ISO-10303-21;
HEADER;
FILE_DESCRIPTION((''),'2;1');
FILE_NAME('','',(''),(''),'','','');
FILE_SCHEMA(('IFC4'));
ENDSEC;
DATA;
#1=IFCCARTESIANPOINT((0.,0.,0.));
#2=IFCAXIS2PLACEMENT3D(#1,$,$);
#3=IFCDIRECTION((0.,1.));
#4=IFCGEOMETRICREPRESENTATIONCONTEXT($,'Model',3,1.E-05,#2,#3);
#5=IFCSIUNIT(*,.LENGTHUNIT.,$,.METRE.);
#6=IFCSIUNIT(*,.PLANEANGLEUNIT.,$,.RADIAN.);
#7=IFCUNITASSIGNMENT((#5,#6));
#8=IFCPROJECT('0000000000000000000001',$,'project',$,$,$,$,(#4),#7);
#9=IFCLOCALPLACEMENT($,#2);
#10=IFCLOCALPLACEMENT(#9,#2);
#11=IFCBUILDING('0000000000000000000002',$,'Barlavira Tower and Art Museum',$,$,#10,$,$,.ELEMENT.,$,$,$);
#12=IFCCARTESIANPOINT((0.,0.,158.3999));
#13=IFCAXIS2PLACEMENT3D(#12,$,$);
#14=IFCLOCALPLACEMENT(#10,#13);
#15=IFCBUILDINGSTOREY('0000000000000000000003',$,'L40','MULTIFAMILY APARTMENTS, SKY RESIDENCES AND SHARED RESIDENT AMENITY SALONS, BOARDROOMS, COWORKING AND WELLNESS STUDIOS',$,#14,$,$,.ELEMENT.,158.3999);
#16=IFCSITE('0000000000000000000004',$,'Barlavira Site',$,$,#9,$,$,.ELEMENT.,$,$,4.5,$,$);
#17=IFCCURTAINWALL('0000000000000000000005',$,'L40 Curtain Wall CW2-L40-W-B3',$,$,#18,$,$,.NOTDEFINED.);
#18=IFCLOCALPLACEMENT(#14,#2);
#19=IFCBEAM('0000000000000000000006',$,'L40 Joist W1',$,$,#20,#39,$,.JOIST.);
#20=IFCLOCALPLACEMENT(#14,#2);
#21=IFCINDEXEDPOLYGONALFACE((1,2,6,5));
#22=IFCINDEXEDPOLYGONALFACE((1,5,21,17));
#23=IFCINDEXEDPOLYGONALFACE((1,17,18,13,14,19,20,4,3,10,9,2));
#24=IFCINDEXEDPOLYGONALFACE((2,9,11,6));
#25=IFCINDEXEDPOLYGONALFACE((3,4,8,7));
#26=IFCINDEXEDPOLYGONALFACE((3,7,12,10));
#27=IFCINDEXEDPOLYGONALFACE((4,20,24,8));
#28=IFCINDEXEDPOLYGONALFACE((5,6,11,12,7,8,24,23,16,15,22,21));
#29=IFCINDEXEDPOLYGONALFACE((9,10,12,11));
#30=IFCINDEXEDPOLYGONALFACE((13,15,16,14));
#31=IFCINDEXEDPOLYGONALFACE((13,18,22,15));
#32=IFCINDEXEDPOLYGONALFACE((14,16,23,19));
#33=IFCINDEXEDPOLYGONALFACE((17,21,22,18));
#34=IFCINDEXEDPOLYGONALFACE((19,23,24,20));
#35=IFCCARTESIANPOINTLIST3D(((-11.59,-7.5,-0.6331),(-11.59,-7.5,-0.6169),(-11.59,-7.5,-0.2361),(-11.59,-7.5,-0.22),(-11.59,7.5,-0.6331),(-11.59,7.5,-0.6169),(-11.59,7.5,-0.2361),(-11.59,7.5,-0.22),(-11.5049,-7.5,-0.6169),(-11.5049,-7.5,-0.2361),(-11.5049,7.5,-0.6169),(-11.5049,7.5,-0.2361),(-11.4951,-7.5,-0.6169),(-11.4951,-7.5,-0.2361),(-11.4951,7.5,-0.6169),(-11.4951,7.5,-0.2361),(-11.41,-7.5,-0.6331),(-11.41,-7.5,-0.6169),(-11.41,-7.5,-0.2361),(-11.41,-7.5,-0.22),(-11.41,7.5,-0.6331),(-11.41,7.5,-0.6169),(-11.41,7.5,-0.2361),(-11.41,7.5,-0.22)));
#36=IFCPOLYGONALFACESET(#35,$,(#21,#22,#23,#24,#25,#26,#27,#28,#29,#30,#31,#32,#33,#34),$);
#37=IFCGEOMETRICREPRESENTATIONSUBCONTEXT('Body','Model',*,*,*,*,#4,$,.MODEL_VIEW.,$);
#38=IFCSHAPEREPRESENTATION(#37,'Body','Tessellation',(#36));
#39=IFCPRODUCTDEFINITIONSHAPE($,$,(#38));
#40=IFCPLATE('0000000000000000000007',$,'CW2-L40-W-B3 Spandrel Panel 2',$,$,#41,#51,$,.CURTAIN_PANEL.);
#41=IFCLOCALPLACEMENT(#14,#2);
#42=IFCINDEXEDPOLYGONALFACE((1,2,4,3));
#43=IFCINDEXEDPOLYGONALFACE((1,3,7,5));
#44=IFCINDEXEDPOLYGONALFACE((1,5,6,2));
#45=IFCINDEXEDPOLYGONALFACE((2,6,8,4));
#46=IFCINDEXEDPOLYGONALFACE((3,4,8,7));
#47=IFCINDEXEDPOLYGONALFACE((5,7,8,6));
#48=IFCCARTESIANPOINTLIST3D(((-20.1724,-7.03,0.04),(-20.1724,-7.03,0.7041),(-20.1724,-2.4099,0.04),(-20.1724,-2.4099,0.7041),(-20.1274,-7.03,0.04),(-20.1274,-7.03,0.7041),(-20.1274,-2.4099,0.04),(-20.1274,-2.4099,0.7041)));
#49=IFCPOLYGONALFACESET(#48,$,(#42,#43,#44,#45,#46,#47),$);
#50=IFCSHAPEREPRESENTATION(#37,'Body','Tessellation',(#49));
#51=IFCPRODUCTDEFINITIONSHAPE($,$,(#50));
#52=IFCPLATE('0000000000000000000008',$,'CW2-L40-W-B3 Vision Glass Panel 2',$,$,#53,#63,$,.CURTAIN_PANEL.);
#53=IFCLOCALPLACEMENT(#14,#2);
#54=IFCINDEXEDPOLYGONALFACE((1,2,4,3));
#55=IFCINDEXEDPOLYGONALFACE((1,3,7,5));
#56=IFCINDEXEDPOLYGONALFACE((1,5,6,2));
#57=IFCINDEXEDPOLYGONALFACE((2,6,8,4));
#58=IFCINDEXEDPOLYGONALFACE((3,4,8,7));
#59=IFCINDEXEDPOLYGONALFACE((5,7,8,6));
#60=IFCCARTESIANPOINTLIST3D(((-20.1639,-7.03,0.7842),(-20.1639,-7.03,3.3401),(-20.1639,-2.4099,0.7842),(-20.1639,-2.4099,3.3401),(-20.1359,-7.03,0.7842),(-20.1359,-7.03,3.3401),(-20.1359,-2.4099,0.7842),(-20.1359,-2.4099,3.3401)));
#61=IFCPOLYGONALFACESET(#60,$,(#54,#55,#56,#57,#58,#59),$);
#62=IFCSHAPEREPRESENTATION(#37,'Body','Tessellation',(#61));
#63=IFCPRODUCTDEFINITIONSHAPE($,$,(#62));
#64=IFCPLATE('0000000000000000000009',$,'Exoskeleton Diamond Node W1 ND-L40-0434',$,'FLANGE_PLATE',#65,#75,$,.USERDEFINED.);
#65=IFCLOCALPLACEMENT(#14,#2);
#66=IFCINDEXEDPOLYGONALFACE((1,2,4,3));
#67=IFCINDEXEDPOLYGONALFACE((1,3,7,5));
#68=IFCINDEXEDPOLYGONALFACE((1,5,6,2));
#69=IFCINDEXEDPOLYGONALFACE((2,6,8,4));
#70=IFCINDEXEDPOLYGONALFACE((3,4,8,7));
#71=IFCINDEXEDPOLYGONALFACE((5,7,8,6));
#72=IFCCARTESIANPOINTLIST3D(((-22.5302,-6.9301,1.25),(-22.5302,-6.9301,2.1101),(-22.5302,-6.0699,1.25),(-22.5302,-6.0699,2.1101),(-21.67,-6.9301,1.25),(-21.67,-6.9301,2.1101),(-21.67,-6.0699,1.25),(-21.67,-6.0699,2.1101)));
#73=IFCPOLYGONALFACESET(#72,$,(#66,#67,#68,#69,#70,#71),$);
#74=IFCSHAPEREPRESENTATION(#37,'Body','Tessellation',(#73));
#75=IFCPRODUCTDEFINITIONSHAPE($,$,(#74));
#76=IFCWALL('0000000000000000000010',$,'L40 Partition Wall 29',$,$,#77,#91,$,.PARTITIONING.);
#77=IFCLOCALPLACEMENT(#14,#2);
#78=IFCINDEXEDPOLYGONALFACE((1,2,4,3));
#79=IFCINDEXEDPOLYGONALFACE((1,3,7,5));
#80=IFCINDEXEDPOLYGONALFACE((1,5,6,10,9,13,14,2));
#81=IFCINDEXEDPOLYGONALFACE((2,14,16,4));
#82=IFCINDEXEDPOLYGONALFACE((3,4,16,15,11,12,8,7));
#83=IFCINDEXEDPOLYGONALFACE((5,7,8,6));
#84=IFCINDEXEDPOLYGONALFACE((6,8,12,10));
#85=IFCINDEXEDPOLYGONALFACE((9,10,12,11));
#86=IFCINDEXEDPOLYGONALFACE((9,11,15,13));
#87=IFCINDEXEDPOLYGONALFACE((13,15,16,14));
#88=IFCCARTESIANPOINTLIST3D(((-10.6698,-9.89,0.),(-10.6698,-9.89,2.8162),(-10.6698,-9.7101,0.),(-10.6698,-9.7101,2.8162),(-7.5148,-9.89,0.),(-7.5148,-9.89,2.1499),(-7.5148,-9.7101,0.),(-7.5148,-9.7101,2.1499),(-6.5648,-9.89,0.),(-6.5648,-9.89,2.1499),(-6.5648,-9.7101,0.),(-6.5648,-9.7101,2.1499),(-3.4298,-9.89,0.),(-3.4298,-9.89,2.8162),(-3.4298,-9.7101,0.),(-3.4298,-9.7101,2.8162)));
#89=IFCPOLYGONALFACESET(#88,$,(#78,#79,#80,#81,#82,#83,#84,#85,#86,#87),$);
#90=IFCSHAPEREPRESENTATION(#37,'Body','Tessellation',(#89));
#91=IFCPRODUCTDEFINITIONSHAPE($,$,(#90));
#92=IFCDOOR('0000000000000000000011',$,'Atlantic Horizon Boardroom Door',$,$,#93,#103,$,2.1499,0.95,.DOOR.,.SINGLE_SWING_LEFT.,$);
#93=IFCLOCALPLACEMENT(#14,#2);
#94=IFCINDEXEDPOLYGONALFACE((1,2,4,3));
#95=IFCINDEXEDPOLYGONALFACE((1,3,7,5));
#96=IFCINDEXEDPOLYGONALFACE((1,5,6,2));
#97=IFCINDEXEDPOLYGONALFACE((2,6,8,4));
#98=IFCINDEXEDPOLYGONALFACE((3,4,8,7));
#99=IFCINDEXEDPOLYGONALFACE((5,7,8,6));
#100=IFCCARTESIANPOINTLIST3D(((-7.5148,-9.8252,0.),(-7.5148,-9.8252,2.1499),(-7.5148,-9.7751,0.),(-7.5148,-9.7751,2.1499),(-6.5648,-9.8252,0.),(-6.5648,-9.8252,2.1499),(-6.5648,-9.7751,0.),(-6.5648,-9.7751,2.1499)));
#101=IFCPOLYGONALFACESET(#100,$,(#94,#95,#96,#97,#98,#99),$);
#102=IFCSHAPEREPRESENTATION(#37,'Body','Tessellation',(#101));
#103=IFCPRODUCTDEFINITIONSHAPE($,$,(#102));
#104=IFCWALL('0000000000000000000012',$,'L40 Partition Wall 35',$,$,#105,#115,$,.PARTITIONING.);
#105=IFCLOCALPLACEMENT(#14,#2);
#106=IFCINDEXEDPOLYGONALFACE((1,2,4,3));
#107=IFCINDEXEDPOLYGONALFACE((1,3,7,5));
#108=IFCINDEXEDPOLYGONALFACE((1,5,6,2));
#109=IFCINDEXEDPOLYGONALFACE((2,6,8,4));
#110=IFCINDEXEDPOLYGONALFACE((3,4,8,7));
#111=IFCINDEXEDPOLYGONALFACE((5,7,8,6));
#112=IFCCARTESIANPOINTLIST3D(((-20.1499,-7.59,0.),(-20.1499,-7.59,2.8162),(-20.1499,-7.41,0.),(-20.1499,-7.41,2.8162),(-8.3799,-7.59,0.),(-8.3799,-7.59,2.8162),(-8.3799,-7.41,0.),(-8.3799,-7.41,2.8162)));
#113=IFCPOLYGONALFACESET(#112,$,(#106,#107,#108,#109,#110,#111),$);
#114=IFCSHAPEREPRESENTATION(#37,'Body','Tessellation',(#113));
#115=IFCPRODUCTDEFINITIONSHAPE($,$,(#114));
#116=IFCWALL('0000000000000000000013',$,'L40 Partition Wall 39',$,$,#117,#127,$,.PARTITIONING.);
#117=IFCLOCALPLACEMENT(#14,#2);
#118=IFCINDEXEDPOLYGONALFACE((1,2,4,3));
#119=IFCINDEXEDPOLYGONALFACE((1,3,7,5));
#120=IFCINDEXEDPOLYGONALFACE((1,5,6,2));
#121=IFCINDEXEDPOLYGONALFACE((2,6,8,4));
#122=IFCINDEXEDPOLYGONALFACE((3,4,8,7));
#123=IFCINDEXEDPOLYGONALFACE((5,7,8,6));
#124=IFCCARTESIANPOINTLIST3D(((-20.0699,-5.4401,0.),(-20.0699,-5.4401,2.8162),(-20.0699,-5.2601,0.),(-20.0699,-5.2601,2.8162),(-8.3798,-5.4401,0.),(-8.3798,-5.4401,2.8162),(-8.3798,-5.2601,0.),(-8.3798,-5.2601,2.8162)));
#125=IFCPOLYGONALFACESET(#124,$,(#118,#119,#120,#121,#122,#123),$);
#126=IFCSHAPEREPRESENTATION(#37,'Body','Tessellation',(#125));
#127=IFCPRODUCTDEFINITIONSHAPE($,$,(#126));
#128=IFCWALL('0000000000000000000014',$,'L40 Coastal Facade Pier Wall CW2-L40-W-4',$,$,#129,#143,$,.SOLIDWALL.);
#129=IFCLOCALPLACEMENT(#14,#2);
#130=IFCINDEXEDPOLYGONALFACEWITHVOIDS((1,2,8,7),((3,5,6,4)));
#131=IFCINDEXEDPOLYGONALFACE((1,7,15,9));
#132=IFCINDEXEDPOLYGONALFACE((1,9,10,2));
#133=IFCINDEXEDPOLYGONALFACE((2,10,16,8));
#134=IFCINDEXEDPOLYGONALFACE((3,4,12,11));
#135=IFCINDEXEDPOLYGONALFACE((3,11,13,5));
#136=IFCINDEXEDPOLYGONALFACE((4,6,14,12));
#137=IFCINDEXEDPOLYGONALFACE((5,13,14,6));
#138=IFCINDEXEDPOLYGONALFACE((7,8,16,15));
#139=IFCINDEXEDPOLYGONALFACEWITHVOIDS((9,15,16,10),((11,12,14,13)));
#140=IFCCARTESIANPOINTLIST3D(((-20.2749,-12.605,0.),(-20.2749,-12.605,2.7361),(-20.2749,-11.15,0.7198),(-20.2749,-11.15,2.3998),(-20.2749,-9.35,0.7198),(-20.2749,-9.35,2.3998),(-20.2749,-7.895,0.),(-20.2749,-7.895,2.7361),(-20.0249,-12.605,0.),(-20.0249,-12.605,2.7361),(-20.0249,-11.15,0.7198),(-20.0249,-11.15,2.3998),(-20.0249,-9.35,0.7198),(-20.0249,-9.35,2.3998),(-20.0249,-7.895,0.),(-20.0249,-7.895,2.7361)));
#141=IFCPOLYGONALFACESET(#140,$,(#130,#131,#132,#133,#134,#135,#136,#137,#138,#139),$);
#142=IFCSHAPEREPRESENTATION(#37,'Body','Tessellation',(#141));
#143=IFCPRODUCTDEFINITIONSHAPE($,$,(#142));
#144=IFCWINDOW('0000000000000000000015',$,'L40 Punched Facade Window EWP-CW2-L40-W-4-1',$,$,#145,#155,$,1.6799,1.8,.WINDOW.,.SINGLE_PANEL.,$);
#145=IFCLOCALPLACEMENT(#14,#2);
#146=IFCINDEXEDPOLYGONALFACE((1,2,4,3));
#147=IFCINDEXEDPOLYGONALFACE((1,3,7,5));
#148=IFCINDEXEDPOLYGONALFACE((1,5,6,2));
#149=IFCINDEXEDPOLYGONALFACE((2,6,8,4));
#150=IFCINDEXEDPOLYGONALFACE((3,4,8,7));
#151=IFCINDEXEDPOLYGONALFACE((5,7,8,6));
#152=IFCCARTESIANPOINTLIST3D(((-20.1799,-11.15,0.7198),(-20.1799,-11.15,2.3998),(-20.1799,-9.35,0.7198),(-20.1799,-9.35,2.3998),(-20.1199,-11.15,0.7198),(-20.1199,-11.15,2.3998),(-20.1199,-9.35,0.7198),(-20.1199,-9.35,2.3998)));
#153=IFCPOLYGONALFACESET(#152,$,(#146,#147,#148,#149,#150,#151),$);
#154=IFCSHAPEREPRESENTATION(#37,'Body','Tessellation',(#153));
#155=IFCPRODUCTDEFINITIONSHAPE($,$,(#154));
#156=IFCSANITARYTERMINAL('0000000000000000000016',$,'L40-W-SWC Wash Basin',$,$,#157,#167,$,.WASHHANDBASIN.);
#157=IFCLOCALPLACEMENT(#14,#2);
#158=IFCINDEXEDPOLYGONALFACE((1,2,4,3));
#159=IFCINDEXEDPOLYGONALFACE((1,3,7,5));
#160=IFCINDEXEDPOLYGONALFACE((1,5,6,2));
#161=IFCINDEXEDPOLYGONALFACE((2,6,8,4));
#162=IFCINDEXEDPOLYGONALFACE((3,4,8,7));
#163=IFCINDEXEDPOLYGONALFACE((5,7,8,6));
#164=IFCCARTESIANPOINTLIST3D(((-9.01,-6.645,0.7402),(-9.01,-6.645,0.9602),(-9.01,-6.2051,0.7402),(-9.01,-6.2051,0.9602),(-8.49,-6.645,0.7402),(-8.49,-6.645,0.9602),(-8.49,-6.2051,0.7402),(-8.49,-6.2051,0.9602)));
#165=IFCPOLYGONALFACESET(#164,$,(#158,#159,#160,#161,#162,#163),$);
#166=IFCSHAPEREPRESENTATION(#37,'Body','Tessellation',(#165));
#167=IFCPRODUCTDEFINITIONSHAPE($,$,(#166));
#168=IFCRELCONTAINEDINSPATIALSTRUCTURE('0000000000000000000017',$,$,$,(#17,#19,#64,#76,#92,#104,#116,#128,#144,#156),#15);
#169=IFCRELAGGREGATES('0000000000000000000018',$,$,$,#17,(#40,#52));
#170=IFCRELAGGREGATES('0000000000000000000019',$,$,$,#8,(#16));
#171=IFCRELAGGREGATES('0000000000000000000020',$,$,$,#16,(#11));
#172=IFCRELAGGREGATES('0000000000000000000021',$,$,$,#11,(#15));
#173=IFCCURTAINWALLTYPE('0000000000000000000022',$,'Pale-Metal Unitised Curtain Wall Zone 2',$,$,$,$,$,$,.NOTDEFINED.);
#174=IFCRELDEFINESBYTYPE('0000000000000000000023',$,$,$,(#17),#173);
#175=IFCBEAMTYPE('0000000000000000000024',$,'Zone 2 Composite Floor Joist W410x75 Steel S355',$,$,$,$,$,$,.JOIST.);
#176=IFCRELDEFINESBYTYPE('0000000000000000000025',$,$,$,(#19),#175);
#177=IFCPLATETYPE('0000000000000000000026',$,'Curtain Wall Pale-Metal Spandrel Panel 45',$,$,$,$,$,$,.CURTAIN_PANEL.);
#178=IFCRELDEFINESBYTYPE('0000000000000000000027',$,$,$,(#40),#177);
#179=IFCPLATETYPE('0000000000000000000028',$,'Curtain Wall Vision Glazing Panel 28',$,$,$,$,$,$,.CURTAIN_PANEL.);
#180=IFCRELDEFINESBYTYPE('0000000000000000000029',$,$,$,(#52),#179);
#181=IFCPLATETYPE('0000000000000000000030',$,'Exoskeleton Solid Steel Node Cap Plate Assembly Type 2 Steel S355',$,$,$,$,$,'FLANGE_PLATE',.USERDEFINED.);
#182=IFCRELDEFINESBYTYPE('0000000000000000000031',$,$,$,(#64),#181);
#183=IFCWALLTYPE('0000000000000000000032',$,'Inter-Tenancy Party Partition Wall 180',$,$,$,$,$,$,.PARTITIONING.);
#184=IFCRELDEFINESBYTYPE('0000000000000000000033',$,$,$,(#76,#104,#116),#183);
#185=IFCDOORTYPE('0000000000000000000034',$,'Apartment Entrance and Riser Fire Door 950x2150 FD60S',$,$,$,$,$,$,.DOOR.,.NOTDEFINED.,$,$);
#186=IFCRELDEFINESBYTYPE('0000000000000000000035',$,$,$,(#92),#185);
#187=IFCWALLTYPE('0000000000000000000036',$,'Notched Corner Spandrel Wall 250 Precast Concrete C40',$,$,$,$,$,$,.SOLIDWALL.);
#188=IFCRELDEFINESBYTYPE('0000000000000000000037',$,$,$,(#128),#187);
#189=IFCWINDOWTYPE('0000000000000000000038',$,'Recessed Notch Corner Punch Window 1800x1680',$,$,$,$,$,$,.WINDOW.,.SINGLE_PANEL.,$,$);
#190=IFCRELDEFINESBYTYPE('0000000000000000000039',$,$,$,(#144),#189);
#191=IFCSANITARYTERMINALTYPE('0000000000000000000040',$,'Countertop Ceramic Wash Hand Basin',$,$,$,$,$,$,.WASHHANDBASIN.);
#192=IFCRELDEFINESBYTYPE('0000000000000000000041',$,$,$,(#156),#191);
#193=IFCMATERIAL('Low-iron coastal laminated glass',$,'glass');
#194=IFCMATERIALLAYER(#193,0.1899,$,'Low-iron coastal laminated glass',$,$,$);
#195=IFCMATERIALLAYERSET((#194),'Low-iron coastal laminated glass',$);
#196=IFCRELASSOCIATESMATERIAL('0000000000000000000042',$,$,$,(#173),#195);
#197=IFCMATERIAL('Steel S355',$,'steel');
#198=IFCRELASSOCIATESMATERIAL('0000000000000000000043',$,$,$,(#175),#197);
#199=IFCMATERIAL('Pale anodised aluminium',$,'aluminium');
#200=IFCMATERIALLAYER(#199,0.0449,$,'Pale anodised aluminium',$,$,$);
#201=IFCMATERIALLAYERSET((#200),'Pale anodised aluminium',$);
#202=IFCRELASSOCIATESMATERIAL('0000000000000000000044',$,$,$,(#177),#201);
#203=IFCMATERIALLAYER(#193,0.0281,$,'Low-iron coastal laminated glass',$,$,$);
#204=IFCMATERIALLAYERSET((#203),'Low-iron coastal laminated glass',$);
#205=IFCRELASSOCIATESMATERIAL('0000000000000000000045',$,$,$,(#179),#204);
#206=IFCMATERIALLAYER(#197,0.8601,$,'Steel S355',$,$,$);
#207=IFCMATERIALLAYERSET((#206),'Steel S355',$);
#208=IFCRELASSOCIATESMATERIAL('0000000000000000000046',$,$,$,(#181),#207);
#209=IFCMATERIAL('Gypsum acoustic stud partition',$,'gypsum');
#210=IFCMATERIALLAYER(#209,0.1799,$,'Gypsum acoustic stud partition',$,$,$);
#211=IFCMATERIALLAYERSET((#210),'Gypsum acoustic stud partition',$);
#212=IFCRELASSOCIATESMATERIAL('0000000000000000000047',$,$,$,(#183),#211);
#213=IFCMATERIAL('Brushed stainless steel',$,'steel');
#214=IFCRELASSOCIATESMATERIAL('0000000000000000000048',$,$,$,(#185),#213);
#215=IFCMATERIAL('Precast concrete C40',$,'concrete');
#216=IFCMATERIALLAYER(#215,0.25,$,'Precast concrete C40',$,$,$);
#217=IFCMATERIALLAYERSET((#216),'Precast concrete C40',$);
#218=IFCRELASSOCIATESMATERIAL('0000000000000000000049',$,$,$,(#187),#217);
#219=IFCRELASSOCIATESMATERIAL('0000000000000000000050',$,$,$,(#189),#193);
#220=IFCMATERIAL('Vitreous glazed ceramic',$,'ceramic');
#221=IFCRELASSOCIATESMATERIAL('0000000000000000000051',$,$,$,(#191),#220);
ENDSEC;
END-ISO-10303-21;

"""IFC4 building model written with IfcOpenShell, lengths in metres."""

from ifc_helpers import new_model, si_unit, direction, frame, frame_2d, origin, origin_2d, place, context, subcontext, project, spatial, rectangle, i_section, extrude, material, layer, layer_set, material_profile, profile_set, type_object, element, fill, aggregate, save


model = new_model("IFC4")

# Units and contexts
model_context = context("Model", 3, precision=1e-05, world=origin(), true_north=direction((0.0, 1.0)))
body_context = subcontext(model_context, "Body", "Model", "MODEL_VIEW")
ifc_project = project(units=[si_unit("LENGTHUNIT", "METRE"), si_unit("PLANEANGLEUNIT", "RADIAN")], contexts=[model_context])

# Site, building, storey
site_placement = place(None, origin())
site = spatial("IfcSite", under=ifc_project, at=site_placement, Name="Barlavira Site", CompositionType="ELEMENT", RefElevation=4.5)
building_placement = place(site_placement, origin())
building = spatial("IfcBuilding", under=site, at=building_placement, Name="Barlavira Tower and Art Museum", CompositionType="ELEMENT")
storey_placement = place(building_placement, frame((0.0, 0.0, 158.3999)))
storey = spatial("IfcBuildingStorey", under=building, at=storey_placement, Name="L40", Description="MULTIFAMILY APARTMENTS, SKY RESIDENCES AND SHARED RESIDENT AMENITY SALONS, BOARDROOMS, COWORKING AND WELLNESS STUDIOS", CompositionType="ELEMENT", Elevation=158.3999)

# Curtain wall
ifc_material_1 = material(Name="Low-iron coastal laminated glass", Category="glass")
ifc_layer_1 = layer(ifc_material_1, 0.1899, Name="Low-iron coastal laminated glass")
ifc_layer_set_1 = layer_set([ifc_layer_1], Name="Low-iron coastal laminated glass")
curtain_wall_type = type_object("IfcCurtainWallType", Name="Pale-Metal Unitised Curtain Wall Zone 2", PredefinedType="NOTDEFINED", material=ifc_layer_set_1)
curtain_wall_placement = place(storey_placement, origin())
curtain_wall = element("IfcCurtainWall", 1, at=curtain_wall_placement, inside=storey, type_object=curtain_wall_type, Name="L40 Curtain Wall CW2-L40-W-B3", PredefinedType="NOTDEFINED")
ifc_material_2 = material(Name="Pale anodised aluminium", Category="aluminium")

# Beam
ifc_material_3 = material(Name="Steel S355", Category="steel")
ifc_material_profile_1 = material_profile(ifc_material_3, i_section(OverallWidth=0.1799, OverallDepth=0.4131, WebThickness=0.0098, FlangeThickness=0.0161, at=origin_2d()), Name="W410x75.0")
ifc_profile_set_1 = profile_set([ifc_material_profile_1], Name="Steel S355")
beam_type_1 = type_object("IfcBeamType", Name="Zone 2 Composite Floor Joist W410x75 Steel S355", PredefinedType="JOIST", material=ifc_profile_set_1)
beam_1_placement = place(storey_placement, frame((-11.5, -7.5, -0.4265), z_axis=(0.0, 1.0, 0.0), x_axis=(-1.0, 0.0, 0.0)))
element("IfcBeam", 2, at=beam_1_placement, inside=storey, type_object=beam_type_1, Name="L40 Joist W1", PredefinedType="JOIST", context=body_context, shape_type="SweptSolid", body=[
    extrude(i_section(OverallWidth=0.1799, OverallDepth=0.4131, WebThickness=0.0098, FlangeThickness=0.0161, at=origin_2d()), origin(), (0.0, 0.0, 1.0), 15.0),
])

# Plates
ifc_layer_2 = layer(ifc_material_2, 0.0449, Name="Pale anodised aluminium")
ifc_layer_set_2 = layer_set([ifc_layer_2], Name="Pale anodised aluminium")
plate_type_1 = type_object("IfcPlateType", Name="Curtain Wall Pale-Metal Spandrel Panel 45", PredefinedType="CURTAIN_PANEL", material=ifc_layer_set_2)
plate_1_placement = place(storey_placement, frame((-20.1499, -4.72, 0.04), z_axis=(0.0, 0.0, 1.0), x_axis=(0.0, -1.0, 0.0)))
plate_1 = element("IfcPlate", 3, at=plate_1_placement, type_object=plate_type_1, Name="CW2-L40-W-B3 Spandrel Panel 2", PredefinedType="CURTAIN_PANEL", context=body_context, shape_type="SweptSolid", body=[
    extrude(rectangle(XDim=4.6201, YDim=0.0449, at=origin_2d()), origin(), (0.0, 0.0, 1.0), 0.6641),
])
ifc_layer_3 = layer(ifc_material_1, 0.0281, Name="Low-iron coastal laminated glass")
ifc_layer_set_3 = layer_set([ifc_layer_3], Name="Low-iron coastal laminated glass")
plate_type_2 = type_object("IfcPlateType", Name="Curtain Wall Vision Glazing Panel 28", PredefinedType="CURTAIN_PANEL", material=ifc_layer_set_3)
plate_2_placement = place(storey_placement, frame((-20.1499, -4.72, 0.7842), z_axis=(0.0, 0.0, 1.0), x_axis=(0.0, -1.0, 0.0)))
plate_2 = element("IfcPlate", 4, at=plate_2_placement, type_object=plate_type_2, Name="CW2-L40-W-B3 Vision Glass Panel 2", PredefinedType="CURTAIN_PANEL", context=body_context, shape_type="SweptSolid", body=[
    extrude(rectangle(XDim=4.6201, YDim=0.0281, at=origin_2d()), origin(), (0.0, 0.0, 1.0), 2.5559),
])
aggregate(curtain_wall, [plate_1, plate_2])
ifc_layer_4 = layer(ifc_material_3, 0.8601, Name="Steel S355")
ifc_layer_set_4 = layer_set([ifc_layer_4], Name="Steel S355")
plate_type_3 = type_object("IfcPlateType", Name="Exoskeleton Solid Steel Node Cap Plate Assembly Type 2 Steel S355", ElementType="FLANGE_PLATE", PredefinedType="USERDEFINED", material=ifc_layer_set_4)
plate_3_placement = place(storey_placement, frame((-22.1001, -6.5, 1.25), z_axis=(0.0, 0.0, 1.0), x_axis=(1.0, 0.0, 0.0)))
element("IfcPlate", 5, at=plate_3_placement, inside=storey, type_object=plate_type_3, Name="Exoskeleton Diamond Node W1 ND-L40-0434", ObjectType="FLANGE_PLATE", PredefinedType="USERDEFINED", context=body_context, shape_type="SweptSolid", body=[
    extrude(rectangle(XDim=0.8601, YDim=0.8601, at=origin_2d()), origin(), (0.0, 0.0, 1.0), 0.8601),
])

# Wall, opening, door
ifc_material_4 = material(Name="Gypsum acoustic stud partition", Category="gypsum")
ifc_layer_5 = layer(ifc_material_4, 0.1799, Name="Gypsum acoustic stud partition")
ifc_layer_set_5 = layer_set([ifc_layer_5], Name="Gypsum acoustic stud partition")
wall_type_1 = type_object("IfcWallType", Name="Inter-Tenancy Party Partition Wall 180", PredefinedType="PARTITIONING", material=ifc_layer_set_5)
wall_1_placement = place(storey_placement, frame((-10.6699, -9.8, 0.0), z_axis=(0.0, 0.0, 1.0), x_axis=(1.0, 0.0, 0.0)))
wall_1 = element("IfcWall", 6, at=wall_1_placement, inside=storey, type_object=wall_type_1, Name="L40 Partition Wall 29", PredefinedType="PARTITIONING", context=body_context, shape_type="SweptSolid", body=[
    extrude(rectangle(XDim=7.24, YDim=0.1799, at=frame_2d((3.6201, 0.0))), origin(), (0.0, 0.0, 1.0), 2.8162),
])
opening_1_placement = place(wall_1_placement, frame((3.155, 0.0, 0.0)))
opening_1 = element("IfcOpeningElement", 7, at=opening_1_placement, cuts=wall_1, PredefinedType="OPENING", context=body_context, shape_type="SweptSolid", body=[
    extrude(rectangle(XDim=0.95, YDim=2.1499, at=frame_2d((0.4751, 1.075))), frame((0.0, 0.1001, 0.0), z_axis=(0.0, -1.0, 0.0), x_axis=(1.0, 0.0, 0.0)), (0.0, 0.0, 1.0), 0.2),
])
ifc_material_5 = material(Name="Brushed stainless steel", Category="steel")
door_type = type_object("IfcDoorType", Name="Apartment Entrance and Riser Fire Door 950x2150 FD60S", OperationType="NOTDEFINED", PredefinedType="DOOR", material=ifc_material_5)
door_placement = place(opening_1_placement, origin())
door = element("IfcDoor", 8, at=door_placement, inside=storey, type_object=door_type, Name="Atlantic Horizon Boardroom Door", OperationType="SINGLE_SWING_LEFT", OverallHeight=2.1499, OverallWidth=0.95, PredefinedType="DOOR", context=body_context, shape_type="SweptSolid", body=[
    extrude(rectangle(XDim=0.95, YDim=2.1499, at=frame_2d((0.4751, 1.075))), frame((0.0, 0.0249, 0.0), z_axis=(0.0, -1.0, 0.0), x_axis=(1.0, 0.0, 0.0)), (0.0, 0.0, 1.0), 0.05),
])
fill(opening_1, door)

# Walls
wall_2_placement = place(storey_placement, frame((-20.1499, -7.5, 0.0), z_axis=(0.0, 0.0, 1.0), x_axis=(1.0, 0.0, 0.0)))
element("IfcWall", 9, at=wall_2_placement, inside=storey, type_object=wall_type_1, Name="L40 Partition Wall 35", PredefinedType="PARTITIONING", context=body_context, shape_type="SweptSolid", body=[
    extrude(rectangle(XDim=11.77, YDim=0.1799, at=frame_2d((5.885, 0.0))), origin(), (0.0, 0.0, 1.0), 2.8162),
])
wall_3_placement = place(storey_placement, frame((-20.0701, -5.3501, 0.0), z_axis=(0.0, 0.0, 1.0), x_axis=(1.0, 0.0, 0.0)))
element("IfcWall", 10, at=wall_3_placement, inside=storey, type_object=wall_type_1, Name="L40 Partition Wall 39", PredefinedType="PARTITIONING", context=body_context, shape_type="SweptSolid", body=[
    extrude(rectangle(XDim=11.6902, YDim=0.1799, at=frame_2d((5.8452, 0.0))), origin(), (0.0, 0.0, 1.0), 2.8162),
])

# Wall, opening, window
ifc_material_6 = material(Name="Precast concrete C40", Category="concrete")
ifc_layer_6 = layer(ifc_material_6, 0.25, Name="Precast concrete C40")
ifc_layer_set_6 = layer_set([ifc_layer_6], Name="Precast concrete C40")
wall_type_2 = type_object("IfcWallType", Name="Notched Corner Spandrel Wall 250 Precast Concrete C40", PredefinedType="SOLIDWALL", material=ifc_layer_set_6)
wall_4_placement = place(storey_placement, frame((-20.1499, -7.895, 0.0), z_axis=(0.0, 0.0, 1.0), x_axis=(0.0, -1.0, 0.0)))
wall_4 = element("IfcWall", 11, at=wall_4_placement, inside=storey, type_object=wall_type_2, Name="L40 Coastal Facade Pier Wall CW2-L40-W-4", PredefinedType="SOLIDWALL", context=body_context, shape_type="SweptSolid", body=[
    extrude(rectangle(XDim=4.71, YDim=0.25, at=frame_2d((2.355, 0.0))), origin(), (0.0, 0.0, 1.0), 2.7361),
])
opening_2_placement = place(wall_4_placement, frame((1.4551, 0.0, 0.72)))
opening_2 = element("IfcOpeningElement", 12, at=opening_2_placement, cuts=wall_4, PredefinedType="OPENING", context=body_context, shape_type="SweptSolid", body=[
    extrude(rectangle(XDim=1.8, YDim=1.6799, at=frame_2d((0.8999, 0.8398))), frame((0.0, 0.135, 0.0), z_axis=(0.0, -1.0, 0.0), x_axis=(1.0, 0.0, 0.0)), (0.0, 0.0, 1.0), 0.27),
])
window_type = type_object("IfcWindowType", Name="Recessed Notch Corner Punch Window 1800x1680", PartitioningType="SINGLE_PANEL", PredefinedType="WINDOW", material=ifc_material_1)
window_placement = place(opening_2_placement, origin())
window = element("IfcWindow", 13, at=window_placement, inside=storey, type_object=window_type, Name="L40 Punched Facade Window EWP-CW2-L40-W-4-1", OverallHeight=1.6799, OverallWidth=1.8, PartitioningType="SINGLE_PANEL", PredefinedType="WINDOW", context=body_context, shape_type="SweptSolid", body=[
    extrude(rectangle(XDim=1.8, YDim=1.6799, at=frame_2d((0.8999, 0.8398))), frame((0.0, 0.03, 0.0), z_axis=(0.0, -1.0, 0.0), x_axis=(1.0, 0.0, 0.0)), (0.0, 0.0, 1.0), 0.0601),
])
fill(opening_2, window)

# Sanitary terminal
ifc_material_7 = material(Name="Vitreous glazed ceramic", Category="ceramic")
sanitary_terminal_type_1 = type_object("IfcSanitaryTerminalType", Name="Countertop Ceramic Wash Hand Basin", PredefinedType="WASHHANDBASIN", material=ifc_material_7)
sanitary_terminal_1_placement = place(storey_placement, frame((-8.75, -6.425, 0.7402), z_axis=(0.0, 0.0, 1.0), x_axis=(1.0, 0.0, 0.0)))
element("IfcSanitaryTerminal", 14, at=sanitary_terminal_1_placement, inside=storey, type_object=sanitary_terminal_type_1, Name="L40-W-SWC Wash Basin", PredefinedType="WASHHANDBASIN", context=body_context, shape_type="SweptSolid", body=[
    extrude(rectangle(XDim=0.52, YDim=0.4399, at=origin_2d()), origin(), (0.0, 0.0, 1.0), 0.22),
])

save(model, "model.ifc")
